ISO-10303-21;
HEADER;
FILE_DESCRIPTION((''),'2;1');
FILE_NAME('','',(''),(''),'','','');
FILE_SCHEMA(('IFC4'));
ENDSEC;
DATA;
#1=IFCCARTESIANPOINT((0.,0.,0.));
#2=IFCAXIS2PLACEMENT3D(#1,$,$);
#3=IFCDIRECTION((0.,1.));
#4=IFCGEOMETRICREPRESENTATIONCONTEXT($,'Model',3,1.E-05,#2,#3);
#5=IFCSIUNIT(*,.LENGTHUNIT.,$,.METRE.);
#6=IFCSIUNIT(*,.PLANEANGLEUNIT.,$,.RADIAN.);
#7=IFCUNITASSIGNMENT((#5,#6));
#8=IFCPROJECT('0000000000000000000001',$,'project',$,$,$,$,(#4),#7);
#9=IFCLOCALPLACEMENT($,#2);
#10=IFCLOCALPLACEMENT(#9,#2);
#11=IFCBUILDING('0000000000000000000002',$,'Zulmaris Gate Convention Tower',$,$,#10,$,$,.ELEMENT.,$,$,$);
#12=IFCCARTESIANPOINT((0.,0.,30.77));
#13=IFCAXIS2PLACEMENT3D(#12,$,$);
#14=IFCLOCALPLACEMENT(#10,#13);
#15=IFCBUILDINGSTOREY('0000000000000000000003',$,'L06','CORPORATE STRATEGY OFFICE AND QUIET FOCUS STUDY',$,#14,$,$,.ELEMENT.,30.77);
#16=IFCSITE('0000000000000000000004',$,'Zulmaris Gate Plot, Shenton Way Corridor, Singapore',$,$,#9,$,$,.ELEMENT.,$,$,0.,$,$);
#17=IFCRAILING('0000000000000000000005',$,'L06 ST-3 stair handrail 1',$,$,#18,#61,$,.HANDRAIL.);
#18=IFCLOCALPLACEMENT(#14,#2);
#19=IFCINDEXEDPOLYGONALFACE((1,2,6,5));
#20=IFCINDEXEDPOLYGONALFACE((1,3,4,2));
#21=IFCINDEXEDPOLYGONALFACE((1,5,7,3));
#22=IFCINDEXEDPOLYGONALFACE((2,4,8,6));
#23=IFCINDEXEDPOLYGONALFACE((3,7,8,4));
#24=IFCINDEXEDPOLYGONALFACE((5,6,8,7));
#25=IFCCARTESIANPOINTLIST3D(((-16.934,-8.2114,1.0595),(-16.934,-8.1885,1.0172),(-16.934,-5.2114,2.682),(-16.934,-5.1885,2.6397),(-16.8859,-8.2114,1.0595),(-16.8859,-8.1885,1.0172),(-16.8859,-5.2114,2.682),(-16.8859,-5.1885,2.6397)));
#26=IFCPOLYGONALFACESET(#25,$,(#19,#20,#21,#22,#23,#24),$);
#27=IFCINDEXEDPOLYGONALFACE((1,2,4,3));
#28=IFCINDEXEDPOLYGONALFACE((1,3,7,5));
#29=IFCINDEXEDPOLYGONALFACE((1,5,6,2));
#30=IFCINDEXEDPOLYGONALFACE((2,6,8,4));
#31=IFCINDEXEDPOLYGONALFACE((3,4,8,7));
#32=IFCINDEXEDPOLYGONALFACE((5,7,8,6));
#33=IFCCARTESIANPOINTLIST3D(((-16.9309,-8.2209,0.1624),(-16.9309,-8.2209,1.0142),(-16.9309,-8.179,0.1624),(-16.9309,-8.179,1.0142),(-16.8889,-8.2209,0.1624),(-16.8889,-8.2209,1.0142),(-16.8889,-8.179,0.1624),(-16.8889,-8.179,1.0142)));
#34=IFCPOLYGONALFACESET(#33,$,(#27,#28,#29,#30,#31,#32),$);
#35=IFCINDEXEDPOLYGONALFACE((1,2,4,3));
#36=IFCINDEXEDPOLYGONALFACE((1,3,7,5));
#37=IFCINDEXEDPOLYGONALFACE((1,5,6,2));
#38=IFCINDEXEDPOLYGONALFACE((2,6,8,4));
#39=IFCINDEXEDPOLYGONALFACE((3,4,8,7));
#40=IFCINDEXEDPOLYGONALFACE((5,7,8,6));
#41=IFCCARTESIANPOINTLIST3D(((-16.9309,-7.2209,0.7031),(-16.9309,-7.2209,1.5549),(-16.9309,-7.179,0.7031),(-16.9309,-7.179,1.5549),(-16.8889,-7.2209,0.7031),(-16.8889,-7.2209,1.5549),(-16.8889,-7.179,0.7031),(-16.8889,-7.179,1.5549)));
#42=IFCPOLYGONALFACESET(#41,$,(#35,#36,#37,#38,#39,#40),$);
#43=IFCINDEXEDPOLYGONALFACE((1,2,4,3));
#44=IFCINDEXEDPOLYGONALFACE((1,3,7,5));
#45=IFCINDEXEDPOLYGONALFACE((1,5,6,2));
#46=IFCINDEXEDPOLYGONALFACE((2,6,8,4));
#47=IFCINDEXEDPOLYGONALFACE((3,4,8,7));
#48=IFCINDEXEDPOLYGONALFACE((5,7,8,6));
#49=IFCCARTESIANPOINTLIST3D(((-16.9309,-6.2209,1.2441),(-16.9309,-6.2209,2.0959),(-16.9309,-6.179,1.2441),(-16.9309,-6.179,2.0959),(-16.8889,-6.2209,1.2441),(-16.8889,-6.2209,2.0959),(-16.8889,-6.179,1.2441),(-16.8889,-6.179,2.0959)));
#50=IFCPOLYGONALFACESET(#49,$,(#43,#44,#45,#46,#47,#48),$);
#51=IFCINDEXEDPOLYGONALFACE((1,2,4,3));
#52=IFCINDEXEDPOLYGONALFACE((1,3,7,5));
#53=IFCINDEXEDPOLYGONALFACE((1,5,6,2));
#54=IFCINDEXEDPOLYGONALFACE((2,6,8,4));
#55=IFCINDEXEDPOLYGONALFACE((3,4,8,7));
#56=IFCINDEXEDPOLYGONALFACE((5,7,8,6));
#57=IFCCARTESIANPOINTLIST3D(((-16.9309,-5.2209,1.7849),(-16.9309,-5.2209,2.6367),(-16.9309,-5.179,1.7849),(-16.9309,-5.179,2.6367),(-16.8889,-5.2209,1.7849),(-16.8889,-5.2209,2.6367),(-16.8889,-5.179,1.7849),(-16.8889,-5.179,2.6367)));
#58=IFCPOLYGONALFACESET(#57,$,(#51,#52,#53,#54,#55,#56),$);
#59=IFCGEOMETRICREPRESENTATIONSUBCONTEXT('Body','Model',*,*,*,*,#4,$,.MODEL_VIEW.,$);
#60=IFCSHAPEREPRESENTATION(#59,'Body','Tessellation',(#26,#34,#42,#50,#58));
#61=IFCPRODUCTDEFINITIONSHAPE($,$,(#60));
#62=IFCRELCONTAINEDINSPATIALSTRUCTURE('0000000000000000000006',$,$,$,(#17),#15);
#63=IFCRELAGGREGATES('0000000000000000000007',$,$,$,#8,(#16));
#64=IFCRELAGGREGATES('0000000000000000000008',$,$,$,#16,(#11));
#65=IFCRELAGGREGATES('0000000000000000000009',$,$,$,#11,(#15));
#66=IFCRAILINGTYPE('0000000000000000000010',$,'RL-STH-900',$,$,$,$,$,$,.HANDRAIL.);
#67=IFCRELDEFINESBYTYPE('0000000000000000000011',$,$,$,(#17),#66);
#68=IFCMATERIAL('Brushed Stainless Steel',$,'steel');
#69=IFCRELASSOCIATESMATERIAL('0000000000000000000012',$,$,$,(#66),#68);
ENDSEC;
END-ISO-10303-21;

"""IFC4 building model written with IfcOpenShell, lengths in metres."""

from ifc_helpers import new_model, si_unit, direction, frame, origin, origin_2d, place, context, subcontext, project, spatial, rectangle, extrude, material, type_object, element, save


model = new_model("IFC4")

# Units and contexts
model_context = context("Model", 3, precision=1e-05, world=origin(), true_north=direction((0.0, 1.0)))
body_context = subcontext(model_context, "Body", "Model", "MODEL_VIEW")
ifc_project = project(units=[si_unit("LENGTHUNIT", "METRE"), si_unit("PLANEANGLEUNIT", "RADIAN")], contexts=[model_context])

# Site, building, storey
site_placement = place(None, origin())
site = spatial("IfcSite", under=ifc_project, at=site_placement, Name="Zulmaris Gate Plot, Shenton Way Corridor, Singapore", CompositionType="ELEMENT", RefElevation=0.0)
building_placement = place(site_placement, origin())
building = spatial("IfcBuilding", under=site, at=building_placement, Name="Zulmaris Gate Convention Tower", CompositionType="ELEMENT")
storey_placement = place(building_placement, frame((0.0, 0.0, 30.77)))
storey = spatial("IfcBuildingStorey", under=building, at=storey_placement, Name="L06", Description="CORPORATE STRATEGY OFFICE AND QUIET FOCUS STUDY", CompositionType="ELEMENT", Elevation=30.77)

# Shared definitions
ifc_material_1 = material(Name="Brushed Stainless Steel", Category="steel")

# Railing
railing_type_1 = type_object("IfcRailingType", Name="RL-STH-900", PredefinedType="HANDRAIL", material=ifc_material_1)
railing_1_placement = place(storey_placement, frame((-16.9099, -8.2, 0.1624)))
element("IfcRailing", 1, at=railing_1_placement, inside=storey, type_object=railing_type_1, Name="L06 ST-3 stair handrail 1", PredefinedType="HANDRAIL", context=body_context, shape_type="SweptSolid", body=[
    extrude(rectangle(XDim=0.0481, YDim=0.0481, at=origin_2d()), frame((0.0, 0.0, 0.876), z_axis=(0.0, 0.879592, 0.47573), x_axis=(-1.0, 0.0, 0.0)), (0.0, 0.0, 1.0), 3.4106),
    extrude(rectangle(XDim=0.042, YDim=0.042, at=origin_2d()), origin(), (0.0, 0.0, 1.0), 0.8518),
    extrude(rectangle(XDim=0.042, YDim=0.042, at=origin_2d()), frame((0.0, 1.0, 0.5408)), (0.0, 0.0, 1.0), 0.8518),
    extrude(rectangle(XDim=0.042, YDim=0.042, at=origin_2d()), frame((0.0, 2.0, 1.0818)), (0.0, 0.0, 1.0), 0.8518),
    extrude(rectangle(XDim=0.042, YDim=0.042, at=origin_2d()), frame((0.0, 3.0, 1.6226)), (0.0, 0.0, 1.0), 0.8518),
])

save(model, "model.ifc")
